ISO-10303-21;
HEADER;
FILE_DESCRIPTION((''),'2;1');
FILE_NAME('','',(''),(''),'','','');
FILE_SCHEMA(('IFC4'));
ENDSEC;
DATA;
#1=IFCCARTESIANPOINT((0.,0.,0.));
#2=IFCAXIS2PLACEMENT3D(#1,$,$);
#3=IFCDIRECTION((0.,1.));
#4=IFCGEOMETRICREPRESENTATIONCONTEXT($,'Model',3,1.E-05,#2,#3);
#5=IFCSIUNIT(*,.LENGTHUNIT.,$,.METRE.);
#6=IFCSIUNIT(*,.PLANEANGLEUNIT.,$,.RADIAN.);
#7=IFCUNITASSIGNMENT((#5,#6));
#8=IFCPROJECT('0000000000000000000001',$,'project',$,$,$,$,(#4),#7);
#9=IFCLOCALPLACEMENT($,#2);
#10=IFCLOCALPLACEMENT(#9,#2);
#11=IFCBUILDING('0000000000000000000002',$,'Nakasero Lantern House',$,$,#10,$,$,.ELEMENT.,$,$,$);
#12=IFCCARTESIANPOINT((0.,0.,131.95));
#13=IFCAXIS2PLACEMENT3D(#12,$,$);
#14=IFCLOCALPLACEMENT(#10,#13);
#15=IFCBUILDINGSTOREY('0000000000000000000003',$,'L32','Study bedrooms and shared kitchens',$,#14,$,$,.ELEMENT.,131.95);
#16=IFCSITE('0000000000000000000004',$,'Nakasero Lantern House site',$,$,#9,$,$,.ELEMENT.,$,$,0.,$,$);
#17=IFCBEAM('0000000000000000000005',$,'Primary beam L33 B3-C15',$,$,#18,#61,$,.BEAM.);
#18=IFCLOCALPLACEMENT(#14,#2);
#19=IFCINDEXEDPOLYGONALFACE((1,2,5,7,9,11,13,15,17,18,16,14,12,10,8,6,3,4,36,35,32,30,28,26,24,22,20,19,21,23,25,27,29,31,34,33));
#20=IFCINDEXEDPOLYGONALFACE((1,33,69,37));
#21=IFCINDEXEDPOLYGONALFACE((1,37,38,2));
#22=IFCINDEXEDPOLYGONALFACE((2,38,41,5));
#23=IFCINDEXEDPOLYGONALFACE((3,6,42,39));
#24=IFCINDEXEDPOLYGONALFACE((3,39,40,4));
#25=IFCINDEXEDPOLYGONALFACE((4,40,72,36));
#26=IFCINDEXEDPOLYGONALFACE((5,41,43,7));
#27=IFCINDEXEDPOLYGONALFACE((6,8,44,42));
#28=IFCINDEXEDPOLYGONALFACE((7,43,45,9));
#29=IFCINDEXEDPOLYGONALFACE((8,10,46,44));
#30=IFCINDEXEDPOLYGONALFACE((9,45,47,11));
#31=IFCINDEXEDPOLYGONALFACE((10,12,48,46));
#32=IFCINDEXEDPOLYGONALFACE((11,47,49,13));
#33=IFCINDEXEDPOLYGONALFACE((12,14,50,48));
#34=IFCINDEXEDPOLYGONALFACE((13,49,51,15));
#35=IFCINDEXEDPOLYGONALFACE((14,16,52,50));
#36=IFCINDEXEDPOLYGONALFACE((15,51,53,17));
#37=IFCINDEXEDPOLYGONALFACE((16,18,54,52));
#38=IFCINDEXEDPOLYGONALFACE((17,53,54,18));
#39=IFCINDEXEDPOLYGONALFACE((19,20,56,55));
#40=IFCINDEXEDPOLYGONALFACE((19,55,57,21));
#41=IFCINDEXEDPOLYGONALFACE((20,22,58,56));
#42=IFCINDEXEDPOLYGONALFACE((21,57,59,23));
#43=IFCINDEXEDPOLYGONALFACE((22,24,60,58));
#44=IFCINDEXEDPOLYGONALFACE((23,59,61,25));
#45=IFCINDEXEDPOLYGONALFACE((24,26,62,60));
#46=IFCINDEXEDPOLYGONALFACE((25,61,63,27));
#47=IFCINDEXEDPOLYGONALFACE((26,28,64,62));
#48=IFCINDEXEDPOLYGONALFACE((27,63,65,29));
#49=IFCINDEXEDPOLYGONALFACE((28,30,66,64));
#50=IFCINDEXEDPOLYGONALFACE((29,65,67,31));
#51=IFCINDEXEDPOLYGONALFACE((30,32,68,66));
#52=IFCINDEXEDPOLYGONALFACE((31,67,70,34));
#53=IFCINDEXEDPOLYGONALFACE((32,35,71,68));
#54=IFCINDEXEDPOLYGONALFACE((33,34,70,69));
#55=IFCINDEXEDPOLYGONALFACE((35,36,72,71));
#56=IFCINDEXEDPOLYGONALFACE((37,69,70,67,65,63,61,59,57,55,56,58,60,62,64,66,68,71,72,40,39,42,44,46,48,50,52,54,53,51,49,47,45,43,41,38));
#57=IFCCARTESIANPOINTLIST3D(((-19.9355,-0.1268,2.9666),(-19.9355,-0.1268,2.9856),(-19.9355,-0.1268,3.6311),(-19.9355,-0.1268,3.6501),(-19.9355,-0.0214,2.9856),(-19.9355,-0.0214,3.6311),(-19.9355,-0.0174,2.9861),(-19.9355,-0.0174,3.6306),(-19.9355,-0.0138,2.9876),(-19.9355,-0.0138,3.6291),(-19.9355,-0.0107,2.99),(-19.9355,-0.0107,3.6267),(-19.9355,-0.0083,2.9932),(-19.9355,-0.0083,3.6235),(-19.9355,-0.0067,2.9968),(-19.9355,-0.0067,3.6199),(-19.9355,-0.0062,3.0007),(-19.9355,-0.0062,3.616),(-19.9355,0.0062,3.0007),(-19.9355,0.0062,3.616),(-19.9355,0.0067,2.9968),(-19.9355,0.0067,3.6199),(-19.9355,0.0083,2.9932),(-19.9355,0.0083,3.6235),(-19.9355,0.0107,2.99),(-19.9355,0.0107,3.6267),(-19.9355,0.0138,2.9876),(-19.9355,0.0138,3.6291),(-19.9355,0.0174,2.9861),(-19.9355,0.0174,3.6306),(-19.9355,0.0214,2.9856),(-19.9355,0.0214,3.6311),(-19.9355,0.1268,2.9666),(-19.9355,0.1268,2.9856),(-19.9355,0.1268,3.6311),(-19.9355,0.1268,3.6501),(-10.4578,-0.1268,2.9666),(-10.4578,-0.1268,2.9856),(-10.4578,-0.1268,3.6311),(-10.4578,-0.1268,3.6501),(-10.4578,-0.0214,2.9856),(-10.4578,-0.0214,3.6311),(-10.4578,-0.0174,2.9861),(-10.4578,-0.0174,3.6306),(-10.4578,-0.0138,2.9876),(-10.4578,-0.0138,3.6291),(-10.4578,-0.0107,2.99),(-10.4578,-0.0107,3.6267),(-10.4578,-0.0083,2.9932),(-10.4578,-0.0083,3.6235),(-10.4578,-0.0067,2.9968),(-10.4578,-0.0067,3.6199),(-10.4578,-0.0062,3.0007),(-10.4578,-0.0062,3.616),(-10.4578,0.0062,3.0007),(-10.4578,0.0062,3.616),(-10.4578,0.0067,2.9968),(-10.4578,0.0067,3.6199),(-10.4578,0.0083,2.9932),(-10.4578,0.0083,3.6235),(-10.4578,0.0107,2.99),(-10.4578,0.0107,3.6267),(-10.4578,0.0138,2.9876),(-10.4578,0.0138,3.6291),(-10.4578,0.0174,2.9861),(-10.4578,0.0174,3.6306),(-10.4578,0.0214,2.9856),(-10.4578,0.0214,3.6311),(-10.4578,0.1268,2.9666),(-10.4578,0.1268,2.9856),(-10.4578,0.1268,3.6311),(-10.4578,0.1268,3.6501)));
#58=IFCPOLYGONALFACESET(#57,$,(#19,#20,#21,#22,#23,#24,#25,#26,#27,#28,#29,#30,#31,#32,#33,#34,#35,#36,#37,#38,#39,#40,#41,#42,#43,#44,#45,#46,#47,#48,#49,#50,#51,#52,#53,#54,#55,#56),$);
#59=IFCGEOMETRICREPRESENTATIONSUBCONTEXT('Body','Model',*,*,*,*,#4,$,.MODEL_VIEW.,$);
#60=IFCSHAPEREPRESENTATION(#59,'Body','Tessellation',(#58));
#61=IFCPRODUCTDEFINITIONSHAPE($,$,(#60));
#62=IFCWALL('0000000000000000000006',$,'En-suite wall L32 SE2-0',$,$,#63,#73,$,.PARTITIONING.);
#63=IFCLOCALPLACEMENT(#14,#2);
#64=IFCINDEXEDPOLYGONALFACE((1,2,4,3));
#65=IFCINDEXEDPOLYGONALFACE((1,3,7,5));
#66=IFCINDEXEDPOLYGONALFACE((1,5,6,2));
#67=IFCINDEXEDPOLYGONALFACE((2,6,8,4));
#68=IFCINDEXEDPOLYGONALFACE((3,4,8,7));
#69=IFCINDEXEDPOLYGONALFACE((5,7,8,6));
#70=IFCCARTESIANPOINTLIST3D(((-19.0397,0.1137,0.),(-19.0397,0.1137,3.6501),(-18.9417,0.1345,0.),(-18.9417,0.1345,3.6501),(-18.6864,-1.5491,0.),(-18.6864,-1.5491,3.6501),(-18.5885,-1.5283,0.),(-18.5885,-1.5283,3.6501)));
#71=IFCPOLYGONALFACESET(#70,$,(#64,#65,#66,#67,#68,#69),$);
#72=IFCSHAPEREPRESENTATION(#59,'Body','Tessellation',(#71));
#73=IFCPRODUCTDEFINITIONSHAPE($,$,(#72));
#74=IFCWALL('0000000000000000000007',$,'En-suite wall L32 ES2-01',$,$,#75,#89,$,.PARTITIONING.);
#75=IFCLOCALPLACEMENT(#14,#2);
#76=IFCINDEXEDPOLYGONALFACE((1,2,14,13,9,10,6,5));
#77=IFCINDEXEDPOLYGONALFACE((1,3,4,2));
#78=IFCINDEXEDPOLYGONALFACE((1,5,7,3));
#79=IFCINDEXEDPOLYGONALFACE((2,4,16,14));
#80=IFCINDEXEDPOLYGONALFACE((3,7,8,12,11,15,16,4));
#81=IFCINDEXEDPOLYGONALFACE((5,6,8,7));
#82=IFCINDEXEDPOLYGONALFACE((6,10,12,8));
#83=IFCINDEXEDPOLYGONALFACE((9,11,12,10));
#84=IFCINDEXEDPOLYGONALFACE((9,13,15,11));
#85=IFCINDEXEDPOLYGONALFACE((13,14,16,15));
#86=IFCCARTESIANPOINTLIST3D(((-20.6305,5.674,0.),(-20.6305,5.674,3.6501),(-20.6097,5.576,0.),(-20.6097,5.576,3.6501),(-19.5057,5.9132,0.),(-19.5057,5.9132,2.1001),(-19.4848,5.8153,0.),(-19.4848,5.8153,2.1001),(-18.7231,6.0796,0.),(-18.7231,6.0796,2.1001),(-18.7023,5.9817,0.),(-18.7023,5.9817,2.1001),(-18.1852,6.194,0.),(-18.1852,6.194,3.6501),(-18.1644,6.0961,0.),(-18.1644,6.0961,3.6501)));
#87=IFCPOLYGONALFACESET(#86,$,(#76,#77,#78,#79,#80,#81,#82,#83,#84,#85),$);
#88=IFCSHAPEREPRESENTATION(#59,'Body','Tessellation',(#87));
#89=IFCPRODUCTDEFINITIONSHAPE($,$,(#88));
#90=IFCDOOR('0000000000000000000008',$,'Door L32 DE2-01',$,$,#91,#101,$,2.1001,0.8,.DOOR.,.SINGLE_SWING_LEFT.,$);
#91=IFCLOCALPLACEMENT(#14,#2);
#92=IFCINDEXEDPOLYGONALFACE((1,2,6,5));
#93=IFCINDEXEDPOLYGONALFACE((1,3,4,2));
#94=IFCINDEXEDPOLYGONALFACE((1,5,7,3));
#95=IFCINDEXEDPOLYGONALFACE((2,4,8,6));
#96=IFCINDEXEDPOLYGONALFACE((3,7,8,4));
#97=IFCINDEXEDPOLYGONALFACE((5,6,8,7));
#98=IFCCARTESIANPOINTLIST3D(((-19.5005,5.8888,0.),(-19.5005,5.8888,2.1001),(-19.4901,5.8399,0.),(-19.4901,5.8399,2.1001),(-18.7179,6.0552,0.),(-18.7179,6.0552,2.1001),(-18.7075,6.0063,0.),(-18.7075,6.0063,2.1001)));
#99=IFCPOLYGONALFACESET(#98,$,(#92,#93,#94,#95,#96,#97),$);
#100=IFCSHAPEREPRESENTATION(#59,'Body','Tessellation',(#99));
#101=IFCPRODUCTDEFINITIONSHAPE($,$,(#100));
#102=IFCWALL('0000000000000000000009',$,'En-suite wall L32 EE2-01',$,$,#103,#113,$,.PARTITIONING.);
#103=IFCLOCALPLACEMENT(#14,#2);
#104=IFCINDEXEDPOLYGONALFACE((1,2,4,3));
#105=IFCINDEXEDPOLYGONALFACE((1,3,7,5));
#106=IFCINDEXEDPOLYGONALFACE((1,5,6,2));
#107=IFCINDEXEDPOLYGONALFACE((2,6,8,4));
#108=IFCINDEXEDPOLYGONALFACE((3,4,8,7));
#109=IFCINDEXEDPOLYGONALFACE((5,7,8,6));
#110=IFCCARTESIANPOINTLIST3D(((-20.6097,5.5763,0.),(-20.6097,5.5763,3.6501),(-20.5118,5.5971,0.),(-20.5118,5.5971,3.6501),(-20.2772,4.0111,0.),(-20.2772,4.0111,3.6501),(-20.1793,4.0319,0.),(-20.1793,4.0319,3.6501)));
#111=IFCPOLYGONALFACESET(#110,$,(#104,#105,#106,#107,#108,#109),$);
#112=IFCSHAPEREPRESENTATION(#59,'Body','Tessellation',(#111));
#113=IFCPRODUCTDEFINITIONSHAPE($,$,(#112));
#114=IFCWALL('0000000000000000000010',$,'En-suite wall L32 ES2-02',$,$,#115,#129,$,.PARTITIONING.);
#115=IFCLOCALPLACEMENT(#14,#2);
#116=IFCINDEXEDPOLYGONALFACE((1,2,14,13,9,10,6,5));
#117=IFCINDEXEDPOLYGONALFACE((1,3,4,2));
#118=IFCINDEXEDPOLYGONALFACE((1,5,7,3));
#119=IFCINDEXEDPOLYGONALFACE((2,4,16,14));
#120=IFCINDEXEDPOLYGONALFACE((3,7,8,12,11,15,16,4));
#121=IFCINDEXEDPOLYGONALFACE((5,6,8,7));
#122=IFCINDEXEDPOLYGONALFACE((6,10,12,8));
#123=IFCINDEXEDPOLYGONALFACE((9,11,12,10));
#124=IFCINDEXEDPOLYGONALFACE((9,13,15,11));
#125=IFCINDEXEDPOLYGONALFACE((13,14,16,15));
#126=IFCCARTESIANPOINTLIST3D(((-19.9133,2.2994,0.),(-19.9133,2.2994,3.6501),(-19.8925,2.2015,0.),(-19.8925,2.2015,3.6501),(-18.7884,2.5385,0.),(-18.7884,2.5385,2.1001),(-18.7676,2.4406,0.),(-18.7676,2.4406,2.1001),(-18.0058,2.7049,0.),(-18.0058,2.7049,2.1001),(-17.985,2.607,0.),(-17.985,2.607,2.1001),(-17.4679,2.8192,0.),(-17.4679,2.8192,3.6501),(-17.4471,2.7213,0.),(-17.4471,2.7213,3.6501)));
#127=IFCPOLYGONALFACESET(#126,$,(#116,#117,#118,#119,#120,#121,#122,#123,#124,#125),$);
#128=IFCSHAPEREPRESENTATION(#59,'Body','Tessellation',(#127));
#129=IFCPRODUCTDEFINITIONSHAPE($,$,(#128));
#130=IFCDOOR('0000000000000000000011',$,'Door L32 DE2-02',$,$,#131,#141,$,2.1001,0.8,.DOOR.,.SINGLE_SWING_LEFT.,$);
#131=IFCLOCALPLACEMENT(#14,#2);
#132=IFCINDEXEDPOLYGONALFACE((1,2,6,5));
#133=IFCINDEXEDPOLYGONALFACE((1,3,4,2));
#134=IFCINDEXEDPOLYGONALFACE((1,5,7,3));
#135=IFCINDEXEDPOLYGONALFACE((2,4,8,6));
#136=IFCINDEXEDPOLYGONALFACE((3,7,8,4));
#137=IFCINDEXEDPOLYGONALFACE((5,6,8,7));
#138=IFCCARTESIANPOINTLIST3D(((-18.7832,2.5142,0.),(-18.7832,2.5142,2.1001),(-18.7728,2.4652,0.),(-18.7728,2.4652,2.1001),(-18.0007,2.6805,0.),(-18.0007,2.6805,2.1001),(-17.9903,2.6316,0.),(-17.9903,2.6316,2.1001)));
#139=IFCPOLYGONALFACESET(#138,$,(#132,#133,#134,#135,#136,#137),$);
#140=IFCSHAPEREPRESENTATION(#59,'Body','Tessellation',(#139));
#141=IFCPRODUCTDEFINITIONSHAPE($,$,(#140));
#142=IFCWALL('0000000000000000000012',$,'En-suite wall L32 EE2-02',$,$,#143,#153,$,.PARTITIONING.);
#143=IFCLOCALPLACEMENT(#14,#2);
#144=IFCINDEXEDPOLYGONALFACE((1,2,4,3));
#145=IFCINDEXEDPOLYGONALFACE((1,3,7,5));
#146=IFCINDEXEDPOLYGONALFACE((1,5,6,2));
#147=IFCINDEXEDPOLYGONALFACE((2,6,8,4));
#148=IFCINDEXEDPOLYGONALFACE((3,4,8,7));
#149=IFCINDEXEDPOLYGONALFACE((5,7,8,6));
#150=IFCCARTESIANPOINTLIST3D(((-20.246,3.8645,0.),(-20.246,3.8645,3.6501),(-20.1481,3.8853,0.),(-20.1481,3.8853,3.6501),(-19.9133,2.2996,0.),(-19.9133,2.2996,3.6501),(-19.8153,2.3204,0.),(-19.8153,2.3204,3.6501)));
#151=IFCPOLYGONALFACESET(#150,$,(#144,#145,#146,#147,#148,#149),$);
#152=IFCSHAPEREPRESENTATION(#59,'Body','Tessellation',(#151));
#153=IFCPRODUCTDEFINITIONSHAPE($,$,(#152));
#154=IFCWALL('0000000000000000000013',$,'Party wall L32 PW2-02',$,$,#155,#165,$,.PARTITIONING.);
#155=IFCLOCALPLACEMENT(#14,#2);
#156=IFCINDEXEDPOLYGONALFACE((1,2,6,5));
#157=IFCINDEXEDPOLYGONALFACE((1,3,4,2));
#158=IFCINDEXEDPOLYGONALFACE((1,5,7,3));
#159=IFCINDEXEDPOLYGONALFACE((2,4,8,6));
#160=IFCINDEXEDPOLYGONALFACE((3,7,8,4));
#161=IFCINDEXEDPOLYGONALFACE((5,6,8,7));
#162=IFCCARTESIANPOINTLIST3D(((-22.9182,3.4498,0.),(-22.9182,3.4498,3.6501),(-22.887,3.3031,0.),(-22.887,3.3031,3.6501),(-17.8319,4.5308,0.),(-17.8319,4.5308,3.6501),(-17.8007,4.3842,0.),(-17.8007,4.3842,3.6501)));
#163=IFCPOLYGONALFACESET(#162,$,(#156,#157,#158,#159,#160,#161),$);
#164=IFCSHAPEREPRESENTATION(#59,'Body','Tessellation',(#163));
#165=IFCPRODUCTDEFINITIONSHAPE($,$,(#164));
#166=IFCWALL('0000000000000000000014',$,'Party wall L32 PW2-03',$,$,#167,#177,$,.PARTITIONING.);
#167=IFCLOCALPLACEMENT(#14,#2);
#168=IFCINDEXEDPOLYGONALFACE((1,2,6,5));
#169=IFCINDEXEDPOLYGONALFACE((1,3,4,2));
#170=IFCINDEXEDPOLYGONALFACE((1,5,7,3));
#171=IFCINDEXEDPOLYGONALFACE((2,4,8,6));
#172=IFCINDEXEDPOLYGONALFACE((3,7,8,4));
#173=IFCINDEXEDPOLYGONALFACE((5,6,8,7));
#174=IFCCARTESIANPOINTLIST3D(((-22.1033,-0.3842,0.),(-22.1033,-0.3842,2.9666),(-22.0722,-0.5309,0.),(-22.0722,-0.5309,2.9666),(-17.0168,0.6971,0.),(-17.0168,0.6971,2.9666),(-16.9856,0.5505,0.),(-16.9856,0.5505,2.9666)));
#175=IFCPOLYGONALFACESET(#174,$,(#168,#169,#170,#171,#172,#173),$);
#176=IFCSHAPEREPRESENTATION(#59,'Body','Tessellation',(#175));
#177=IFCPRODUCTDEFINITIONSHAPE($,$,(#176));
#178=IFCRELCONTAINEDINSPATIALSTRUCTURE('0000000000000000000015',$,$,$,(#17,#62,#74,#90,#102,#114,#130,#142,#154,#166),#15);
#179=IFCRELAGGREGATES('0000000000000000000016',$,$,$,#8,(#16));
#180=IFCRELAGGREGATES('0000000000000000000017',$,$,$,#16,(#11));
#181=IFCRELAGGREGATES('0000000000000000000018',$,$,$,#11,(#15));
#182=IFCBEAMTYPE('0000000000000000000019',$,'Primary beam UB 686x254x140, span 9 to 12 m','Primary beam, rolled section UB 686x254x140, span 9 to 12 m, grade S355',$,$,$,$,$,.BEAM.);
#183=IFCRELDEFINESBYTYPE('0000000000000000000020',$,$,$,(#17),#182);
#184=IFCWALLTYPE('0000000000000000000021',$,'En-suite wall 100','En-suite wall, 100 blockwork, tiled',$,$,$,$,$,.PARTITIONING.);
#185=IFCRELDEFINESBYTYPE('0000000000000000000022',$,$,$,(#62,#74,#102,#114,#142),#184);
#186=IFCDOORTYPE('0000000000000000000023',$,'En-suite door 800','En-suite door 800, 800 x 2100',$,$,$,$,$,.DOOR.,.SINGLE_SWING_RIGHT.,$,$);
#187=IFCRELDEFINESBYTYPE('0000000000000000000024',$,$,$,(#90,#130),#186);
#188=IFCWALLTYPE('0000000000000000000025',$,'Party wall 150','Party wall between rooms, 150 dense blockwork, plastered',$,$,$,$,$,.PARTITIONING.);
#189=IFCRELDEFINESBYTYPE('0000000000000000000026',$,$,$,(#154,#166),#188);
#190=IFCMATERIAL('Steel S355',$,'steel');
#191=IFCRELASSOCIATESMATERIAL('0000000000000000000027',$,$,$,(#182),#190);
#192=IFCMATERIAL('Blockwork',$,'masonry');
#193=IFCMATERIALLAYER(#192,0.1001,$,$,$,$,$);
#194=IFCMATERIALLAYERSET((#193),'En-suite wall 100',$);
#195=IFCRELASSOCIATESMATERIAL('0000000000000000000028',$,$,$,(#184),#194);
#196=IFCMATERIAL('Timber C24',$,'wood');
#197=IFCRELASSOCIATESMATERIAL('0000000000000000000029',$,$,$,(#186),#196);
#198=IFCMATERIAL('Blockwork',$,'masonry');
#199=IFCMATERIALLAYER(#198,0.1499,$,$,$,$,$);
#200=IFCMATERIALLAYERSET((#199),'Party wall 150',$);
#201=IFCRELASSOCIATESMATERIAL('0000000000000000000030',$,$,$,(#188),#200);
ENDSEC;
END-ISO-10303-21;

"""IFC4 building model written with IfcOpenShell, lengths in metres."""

from ifc_helpers import new_model, si_unit, direction, frame, frame_2d, origin, origin_2d, place, context, subcontext, project, spatial, rectangle, i_section, extrude, material, layer, layer_set, material_profile, profile_set, type_object, element, fill, save


model = new_model("IFC4")

# Units and contexts
model_context = context("Model", 3, precision=1e-05, world=origin(), true_north=direction((0.0, 1.0)))
body_context = subcontext(model_context, "Body", "Model", "MODEL_VIEW")
ifc_project = project(units=[si_unit("LENGTHUNIT", "METRE"), si_unit("PLANEANGLEUNIT", "RADIAN")], contexts=[model_context])

# Site, building, storey
site_placement = place(None, origin())
site = spatial("IfcSite", under=ifc_project, at=site_placement, Name="Nakasero Lantern House site", CompositionType="ELEMENT", RefElevation=0.0)
building_placement = place(site_placement, origin())
building = spatial("IfcBuilding", under=site, at=building_placement, Name="Nakasero Lantern House", CompositionType="ELEMENT")
storey_placement = place(building_placement, frame((0.0, 0.0, 131.95)))
storey = spatial("IfcBuildingStorey", under=building, at=storey_placement, Name="L32", Description="Study bedrooms and shared kitchens", CompositionType="ELEMENT", Elevation=131.95)

# Beam
ifc_material_1 = material(Name="Steel S355", Category="steel")
ifc_material_profile_1 = material_profile(ifc_material_1, i_section(OverallWidth=0.2537, OverallDepth=0.6836, WebThickness=0.0125, FlangeThickness=0.019, FilletRadius=0.0151, at=origin_2d()), Name="UB 686x254x140")
ifc_profile_set_1 = profile_set([ifc_material_profile_1], Name="Steel S355")
beam_type_1 = type_object("IfcBeamType", Name="Primary beam UB 686x254x140, span 9 to 12 m", Description="Primary beam, rolled section UB 686x254x140, span 9 to 12 m, grade S355", PredefinedType="BEAM", material=ifc_profile_set_1)
beam_1_placement = place(storey_placement, frame((-19.9355, 0.0, 3.3083), z_axis=(1.0, 0.0, 0.0), x_axis=(0.0, 1.0, 0.0)))
element("IfcBeam", 1, at=beam_1_placement, inside=storey, type_object=beam_type_1, Name="Primary beam L33 B3-C15", PredefinedType="BEAM", context=body_context, shape_type="SweptSolid", body=[
    extrude(i_section(OverallWidth=0.2537, OverallDepth=0.6836, WebThickness=0.0125, FlangeThickness=0.019, FilletRadius=0.0151, at=origin_2d()), origin(), (0.0, 0.0, 1.0), 9.4778),
])

# Wall
ifc_material_2 = material(Name="Blockwork", Category="masonry")
ifc_layer_1 = layer(ifc_material_2, 0.1001)
ifc_layer_set_1 = layer_set([ifc_layer_1], Name="En-suite wall 100")
wall_type_1 = type_object("IfcWallType", Name="En-suite wall 100", Description="En-suite wall, 100 blockwork, tiled", PredefinedType="PARTITIONING", material=ifc_layer_set_1)
wall_1_placement = place(storey_placement, frame((-18.9907, 0.1243, 0.0), z_axis=(0.0, 0.0, 1.0), x_axis=(0.207812, -0.978169, 0.0)))
element("IfcWall", 2, at=wall_1_placement, inside=storey, type_object=wall_type_1, Name="En-suite wall L32 SE2-0", PredefinedType="PARTITIONING", context=body_context, shape_type="SweptSolid", body=[
    extrude(rectangle(XDim=1.7, YDim=0.1001, at=frame_2d((0.8501, 0.0))), origin(), (0.0, 0.0, 1.0), 3.6501),
])

# Wall, opening, door
wall_2_placement = place(storey_placement, frame((-18.1748, 6.145, 0.0), z_axis=(0.0, 0.0, 1.0), x_axis=(-0.978127, -0.208008, 0.0)))
wall_2 = element("IfcWall", 3, at=wall_2_placement, inside=storey, type_object=wall_type_1, Name="En-suite wall L32 ES2-01", PredefinedType="PARTITIONING", context=body_context, shape_type="SweptSolid", body=[
    extrude(rectangle(XDim=2.5, YDim=0.1001, at=frame_2d((1.25, 0.0))), origin(), (0.0, 0.0, 1.0), 3.6501),
])
opening_1_placement = place(wall_2_placement, frame((0.55, 0.0, 0.0)))
opening_1 = element("IfcOpeningElement", 4, at=opening_1_placement, cuts=wall_2, PredefinedType="OPENING", context=body_context, shape_type="SweptSolid", body=[
    extrude(rectangle(XDim=0.8, YDim=2.1001, at=frame_2d((0.3999, 1.05))), frame((0.0, 0.0701, 0.0), z_axis=(0.0, -1.0, 0.0), x_axis=(1.0, 0.0, 0.0)), (0.0, 0.0, 1.0), 0.1401),
])
ifc_material_3 = material(Name="Timber C24", Category="wood")
door_type = type_object("IfcDoorType", Name="En-suite door 800", Description="En-suite door 800, 800 x 2100", OperationType="SINGLE_SWING_RIGHT", PredefinedType="DOOR", material=ifc_material_3)
door_1_placement = place(opening_1_placement, origin())
door_1 = element("IfcDoor", 5, at=door_1_placement, inside=storey, type_object=door_type, Name="Door L32 DE2-01", OperationType="SINGLE_SWING_LEFT", OverallHeight=2.1001, OverallWidth=0.8, PredefinedType="DOOR", context=body_context, shape_type="SweptSolid", body=[
    extrude(rectangle(XDim=0.8, YDim=2.1001, at=frame_2d((0.3999, 1.05))), frame((0.0, 0.0249, 0.0), z_axis=(0.0, -1.0, 0.0), x_axis=(1.0, 0.0, 0.0)), (0.0, 0.0, 1.0), 0.05),
])
fill(opening_1, door_1)

# Wall
wall_3_placement = place(storey_placement, frame((-20.5608, 5.5867, 0.0), z_axis=(0.0, 0.0, 1.0), x_axis=(0.207809, -0.978169, 0.0)))
element("IfcWall", 6, at=wall_3_placement, inside=storey, type_object=wall_type_1, Name="En-suite wall L32 EE2-01", PredefinedType="PARTITIONING", context=body_context, shape_type="SweptSolid", body=[
    extrude(rectangle(XDim=1.6001, YDim=0.1001, at=frame_2d((0.8, 0.0))), origin(), (0.0, 0.0, 1.0), 3.6501),
])

# Wall, opening, door
wall_4_placement = place(storey_placement, frame((-17.4575, 2.7703, 0.0), z_axis=(0.0, 0.0, 1.0), x_axis=(-0.978147, -0.207915, 0.0)))
wall_4 = element("IfcWall", 7, at=wall_4_placement, inside=storey, type_object=wall_type_1, Name="En-suite wall L32 ES2-02", PredefinedType="PARTITIONING", context=body_context, shape_type="SweptSolid", body=[
    extrude(rectangle(XDim=2.5, YDim=0.1001, at=frame_2d((1.25, 0.0))), origin(), (0.0, 0.0, 1.0), 3.6501),
])
opening_2_placement = place(wall_4_placement, frame((0.55, 0.0, 0.0)))
opening_2 = element("IfcOpeningElement", 8, at=opening_2_placement, cuts=wall_4, PredefinedType="OPENING", context=body_context, shape_type="SweptSolid", body=[
    extrude(rectangle(XDim=0.8, YDim=2.1001, at=frame_2d((0.3999, 1.05))), frame((0.0, 0.0701, 0.0), z_axis=(0.0, -1.0, 0.0), x_axis=(1.0, 0.0, 0.0)), (0.0, 0.0, 1.0), 0.1401),
])
door_2_placement = place(opening_2_placement, origin())
door_2 = element("IfcDoor", 9, at=door_2_placement, inside=storey, type_object=door_type, Name="Door L32 DE2-02", OperationType="SINGLE_SWING_LEFT", OverallHeight=2.1001, OverallWidth=0.8, PredefinedType="DOOR", context=body_context, shape_type="SweptSolid", body=[
    extrude(rectangle(XDim=0.8, YDim=2.1001, at=frame_2d((0.3999, 1.05))), frame((0.0, 0.0249, 0.0), z_axis=(0.0, -1.0, 0.0), x_axis=(1.0, 0.0, 0.0)), (0.0, 0.0, 1.0), 0.05),
])
fill(opening_2, door_2)

# Walls
wall_5_placement = place(storey_placement, frame((-20.197, 3.8748, 0.0), z_axis=(0.0, 0.0, 1.0), x_axis=(0.207987, -0.978132, 0.0)))
element("IfcWall", 10, at=wall_5_placement, inside=storey, type_object=wall_type_1, Name="En-suite wall L32 EE2-02", PredefinedType="PARTITIONING", context=body_context, shape_type="SweptSolid", body=[
    extrude(rectangle(XDim=1.5999, YDim=0.1001, at=frame_2d((0.7998, 0.0))), origin(), (0.0, 0.0, 1.0), 3.6501),
])
ifc_material_4 = material(Name="Blockwork", Category="masonry")
ifc_layer_2 = layer(ifc_material_4, 0.1499)
ifc_layer_set_2 = layer_set([ifc_layer_2], Name="Party wall 150")
wall_type_2 = type_object("IfcWallType", Name="Party wall 150", Description="Party wall between rooms, 150 dense blockwork, plastered", PredefinedType="PARTITIONING", material=ifc_layer_set_2)
wall_6_placement = place(storey_placement, frame((-17.8162, 4.4575, 0.0), z_axis=(0.0, 0.0, 1.0), x_axis=(-0.978151, -0.207894, 0.0)))
element("IfcWall", 11, at=wall_6_placement, inside=storey, type_object=wall_type_2, Name="Party wall L32 PW2-02", PredefinedType="PARTITIONING", context=body_context, shape_type="SweptSolid", body=[
    extrude(rectangle(XDim=5.2, YDim=0.1499, at=frame_2d((2.6001, 0.0))), origin(), (0.0, 0.0, 1.0), 3.6501),
])
wall_7_placement = place(storey_placement, frame((-17.0012, 0.6238, 0.0), z_axis=(0.0, 0.0, 1.0), x_axis=(-0.978142, -0.207938, 0.0)))
element("IfcWall", 12, at=wall_7_placement, inside=storey, type_object=wall_type_2, Name="Party wall L32 PW2-03", PredefinedType="PARTITIONING", context=body_context, shape_type="SweptSolid", body=[
    extrude(rectangle(XDim=5.2002, YDim=0.1499, at=frame_2d((2.6001, 0.0))), origin(), (0.0, 0.0, 1.0), 2.9666),
])

save(model, "model.ifc")
